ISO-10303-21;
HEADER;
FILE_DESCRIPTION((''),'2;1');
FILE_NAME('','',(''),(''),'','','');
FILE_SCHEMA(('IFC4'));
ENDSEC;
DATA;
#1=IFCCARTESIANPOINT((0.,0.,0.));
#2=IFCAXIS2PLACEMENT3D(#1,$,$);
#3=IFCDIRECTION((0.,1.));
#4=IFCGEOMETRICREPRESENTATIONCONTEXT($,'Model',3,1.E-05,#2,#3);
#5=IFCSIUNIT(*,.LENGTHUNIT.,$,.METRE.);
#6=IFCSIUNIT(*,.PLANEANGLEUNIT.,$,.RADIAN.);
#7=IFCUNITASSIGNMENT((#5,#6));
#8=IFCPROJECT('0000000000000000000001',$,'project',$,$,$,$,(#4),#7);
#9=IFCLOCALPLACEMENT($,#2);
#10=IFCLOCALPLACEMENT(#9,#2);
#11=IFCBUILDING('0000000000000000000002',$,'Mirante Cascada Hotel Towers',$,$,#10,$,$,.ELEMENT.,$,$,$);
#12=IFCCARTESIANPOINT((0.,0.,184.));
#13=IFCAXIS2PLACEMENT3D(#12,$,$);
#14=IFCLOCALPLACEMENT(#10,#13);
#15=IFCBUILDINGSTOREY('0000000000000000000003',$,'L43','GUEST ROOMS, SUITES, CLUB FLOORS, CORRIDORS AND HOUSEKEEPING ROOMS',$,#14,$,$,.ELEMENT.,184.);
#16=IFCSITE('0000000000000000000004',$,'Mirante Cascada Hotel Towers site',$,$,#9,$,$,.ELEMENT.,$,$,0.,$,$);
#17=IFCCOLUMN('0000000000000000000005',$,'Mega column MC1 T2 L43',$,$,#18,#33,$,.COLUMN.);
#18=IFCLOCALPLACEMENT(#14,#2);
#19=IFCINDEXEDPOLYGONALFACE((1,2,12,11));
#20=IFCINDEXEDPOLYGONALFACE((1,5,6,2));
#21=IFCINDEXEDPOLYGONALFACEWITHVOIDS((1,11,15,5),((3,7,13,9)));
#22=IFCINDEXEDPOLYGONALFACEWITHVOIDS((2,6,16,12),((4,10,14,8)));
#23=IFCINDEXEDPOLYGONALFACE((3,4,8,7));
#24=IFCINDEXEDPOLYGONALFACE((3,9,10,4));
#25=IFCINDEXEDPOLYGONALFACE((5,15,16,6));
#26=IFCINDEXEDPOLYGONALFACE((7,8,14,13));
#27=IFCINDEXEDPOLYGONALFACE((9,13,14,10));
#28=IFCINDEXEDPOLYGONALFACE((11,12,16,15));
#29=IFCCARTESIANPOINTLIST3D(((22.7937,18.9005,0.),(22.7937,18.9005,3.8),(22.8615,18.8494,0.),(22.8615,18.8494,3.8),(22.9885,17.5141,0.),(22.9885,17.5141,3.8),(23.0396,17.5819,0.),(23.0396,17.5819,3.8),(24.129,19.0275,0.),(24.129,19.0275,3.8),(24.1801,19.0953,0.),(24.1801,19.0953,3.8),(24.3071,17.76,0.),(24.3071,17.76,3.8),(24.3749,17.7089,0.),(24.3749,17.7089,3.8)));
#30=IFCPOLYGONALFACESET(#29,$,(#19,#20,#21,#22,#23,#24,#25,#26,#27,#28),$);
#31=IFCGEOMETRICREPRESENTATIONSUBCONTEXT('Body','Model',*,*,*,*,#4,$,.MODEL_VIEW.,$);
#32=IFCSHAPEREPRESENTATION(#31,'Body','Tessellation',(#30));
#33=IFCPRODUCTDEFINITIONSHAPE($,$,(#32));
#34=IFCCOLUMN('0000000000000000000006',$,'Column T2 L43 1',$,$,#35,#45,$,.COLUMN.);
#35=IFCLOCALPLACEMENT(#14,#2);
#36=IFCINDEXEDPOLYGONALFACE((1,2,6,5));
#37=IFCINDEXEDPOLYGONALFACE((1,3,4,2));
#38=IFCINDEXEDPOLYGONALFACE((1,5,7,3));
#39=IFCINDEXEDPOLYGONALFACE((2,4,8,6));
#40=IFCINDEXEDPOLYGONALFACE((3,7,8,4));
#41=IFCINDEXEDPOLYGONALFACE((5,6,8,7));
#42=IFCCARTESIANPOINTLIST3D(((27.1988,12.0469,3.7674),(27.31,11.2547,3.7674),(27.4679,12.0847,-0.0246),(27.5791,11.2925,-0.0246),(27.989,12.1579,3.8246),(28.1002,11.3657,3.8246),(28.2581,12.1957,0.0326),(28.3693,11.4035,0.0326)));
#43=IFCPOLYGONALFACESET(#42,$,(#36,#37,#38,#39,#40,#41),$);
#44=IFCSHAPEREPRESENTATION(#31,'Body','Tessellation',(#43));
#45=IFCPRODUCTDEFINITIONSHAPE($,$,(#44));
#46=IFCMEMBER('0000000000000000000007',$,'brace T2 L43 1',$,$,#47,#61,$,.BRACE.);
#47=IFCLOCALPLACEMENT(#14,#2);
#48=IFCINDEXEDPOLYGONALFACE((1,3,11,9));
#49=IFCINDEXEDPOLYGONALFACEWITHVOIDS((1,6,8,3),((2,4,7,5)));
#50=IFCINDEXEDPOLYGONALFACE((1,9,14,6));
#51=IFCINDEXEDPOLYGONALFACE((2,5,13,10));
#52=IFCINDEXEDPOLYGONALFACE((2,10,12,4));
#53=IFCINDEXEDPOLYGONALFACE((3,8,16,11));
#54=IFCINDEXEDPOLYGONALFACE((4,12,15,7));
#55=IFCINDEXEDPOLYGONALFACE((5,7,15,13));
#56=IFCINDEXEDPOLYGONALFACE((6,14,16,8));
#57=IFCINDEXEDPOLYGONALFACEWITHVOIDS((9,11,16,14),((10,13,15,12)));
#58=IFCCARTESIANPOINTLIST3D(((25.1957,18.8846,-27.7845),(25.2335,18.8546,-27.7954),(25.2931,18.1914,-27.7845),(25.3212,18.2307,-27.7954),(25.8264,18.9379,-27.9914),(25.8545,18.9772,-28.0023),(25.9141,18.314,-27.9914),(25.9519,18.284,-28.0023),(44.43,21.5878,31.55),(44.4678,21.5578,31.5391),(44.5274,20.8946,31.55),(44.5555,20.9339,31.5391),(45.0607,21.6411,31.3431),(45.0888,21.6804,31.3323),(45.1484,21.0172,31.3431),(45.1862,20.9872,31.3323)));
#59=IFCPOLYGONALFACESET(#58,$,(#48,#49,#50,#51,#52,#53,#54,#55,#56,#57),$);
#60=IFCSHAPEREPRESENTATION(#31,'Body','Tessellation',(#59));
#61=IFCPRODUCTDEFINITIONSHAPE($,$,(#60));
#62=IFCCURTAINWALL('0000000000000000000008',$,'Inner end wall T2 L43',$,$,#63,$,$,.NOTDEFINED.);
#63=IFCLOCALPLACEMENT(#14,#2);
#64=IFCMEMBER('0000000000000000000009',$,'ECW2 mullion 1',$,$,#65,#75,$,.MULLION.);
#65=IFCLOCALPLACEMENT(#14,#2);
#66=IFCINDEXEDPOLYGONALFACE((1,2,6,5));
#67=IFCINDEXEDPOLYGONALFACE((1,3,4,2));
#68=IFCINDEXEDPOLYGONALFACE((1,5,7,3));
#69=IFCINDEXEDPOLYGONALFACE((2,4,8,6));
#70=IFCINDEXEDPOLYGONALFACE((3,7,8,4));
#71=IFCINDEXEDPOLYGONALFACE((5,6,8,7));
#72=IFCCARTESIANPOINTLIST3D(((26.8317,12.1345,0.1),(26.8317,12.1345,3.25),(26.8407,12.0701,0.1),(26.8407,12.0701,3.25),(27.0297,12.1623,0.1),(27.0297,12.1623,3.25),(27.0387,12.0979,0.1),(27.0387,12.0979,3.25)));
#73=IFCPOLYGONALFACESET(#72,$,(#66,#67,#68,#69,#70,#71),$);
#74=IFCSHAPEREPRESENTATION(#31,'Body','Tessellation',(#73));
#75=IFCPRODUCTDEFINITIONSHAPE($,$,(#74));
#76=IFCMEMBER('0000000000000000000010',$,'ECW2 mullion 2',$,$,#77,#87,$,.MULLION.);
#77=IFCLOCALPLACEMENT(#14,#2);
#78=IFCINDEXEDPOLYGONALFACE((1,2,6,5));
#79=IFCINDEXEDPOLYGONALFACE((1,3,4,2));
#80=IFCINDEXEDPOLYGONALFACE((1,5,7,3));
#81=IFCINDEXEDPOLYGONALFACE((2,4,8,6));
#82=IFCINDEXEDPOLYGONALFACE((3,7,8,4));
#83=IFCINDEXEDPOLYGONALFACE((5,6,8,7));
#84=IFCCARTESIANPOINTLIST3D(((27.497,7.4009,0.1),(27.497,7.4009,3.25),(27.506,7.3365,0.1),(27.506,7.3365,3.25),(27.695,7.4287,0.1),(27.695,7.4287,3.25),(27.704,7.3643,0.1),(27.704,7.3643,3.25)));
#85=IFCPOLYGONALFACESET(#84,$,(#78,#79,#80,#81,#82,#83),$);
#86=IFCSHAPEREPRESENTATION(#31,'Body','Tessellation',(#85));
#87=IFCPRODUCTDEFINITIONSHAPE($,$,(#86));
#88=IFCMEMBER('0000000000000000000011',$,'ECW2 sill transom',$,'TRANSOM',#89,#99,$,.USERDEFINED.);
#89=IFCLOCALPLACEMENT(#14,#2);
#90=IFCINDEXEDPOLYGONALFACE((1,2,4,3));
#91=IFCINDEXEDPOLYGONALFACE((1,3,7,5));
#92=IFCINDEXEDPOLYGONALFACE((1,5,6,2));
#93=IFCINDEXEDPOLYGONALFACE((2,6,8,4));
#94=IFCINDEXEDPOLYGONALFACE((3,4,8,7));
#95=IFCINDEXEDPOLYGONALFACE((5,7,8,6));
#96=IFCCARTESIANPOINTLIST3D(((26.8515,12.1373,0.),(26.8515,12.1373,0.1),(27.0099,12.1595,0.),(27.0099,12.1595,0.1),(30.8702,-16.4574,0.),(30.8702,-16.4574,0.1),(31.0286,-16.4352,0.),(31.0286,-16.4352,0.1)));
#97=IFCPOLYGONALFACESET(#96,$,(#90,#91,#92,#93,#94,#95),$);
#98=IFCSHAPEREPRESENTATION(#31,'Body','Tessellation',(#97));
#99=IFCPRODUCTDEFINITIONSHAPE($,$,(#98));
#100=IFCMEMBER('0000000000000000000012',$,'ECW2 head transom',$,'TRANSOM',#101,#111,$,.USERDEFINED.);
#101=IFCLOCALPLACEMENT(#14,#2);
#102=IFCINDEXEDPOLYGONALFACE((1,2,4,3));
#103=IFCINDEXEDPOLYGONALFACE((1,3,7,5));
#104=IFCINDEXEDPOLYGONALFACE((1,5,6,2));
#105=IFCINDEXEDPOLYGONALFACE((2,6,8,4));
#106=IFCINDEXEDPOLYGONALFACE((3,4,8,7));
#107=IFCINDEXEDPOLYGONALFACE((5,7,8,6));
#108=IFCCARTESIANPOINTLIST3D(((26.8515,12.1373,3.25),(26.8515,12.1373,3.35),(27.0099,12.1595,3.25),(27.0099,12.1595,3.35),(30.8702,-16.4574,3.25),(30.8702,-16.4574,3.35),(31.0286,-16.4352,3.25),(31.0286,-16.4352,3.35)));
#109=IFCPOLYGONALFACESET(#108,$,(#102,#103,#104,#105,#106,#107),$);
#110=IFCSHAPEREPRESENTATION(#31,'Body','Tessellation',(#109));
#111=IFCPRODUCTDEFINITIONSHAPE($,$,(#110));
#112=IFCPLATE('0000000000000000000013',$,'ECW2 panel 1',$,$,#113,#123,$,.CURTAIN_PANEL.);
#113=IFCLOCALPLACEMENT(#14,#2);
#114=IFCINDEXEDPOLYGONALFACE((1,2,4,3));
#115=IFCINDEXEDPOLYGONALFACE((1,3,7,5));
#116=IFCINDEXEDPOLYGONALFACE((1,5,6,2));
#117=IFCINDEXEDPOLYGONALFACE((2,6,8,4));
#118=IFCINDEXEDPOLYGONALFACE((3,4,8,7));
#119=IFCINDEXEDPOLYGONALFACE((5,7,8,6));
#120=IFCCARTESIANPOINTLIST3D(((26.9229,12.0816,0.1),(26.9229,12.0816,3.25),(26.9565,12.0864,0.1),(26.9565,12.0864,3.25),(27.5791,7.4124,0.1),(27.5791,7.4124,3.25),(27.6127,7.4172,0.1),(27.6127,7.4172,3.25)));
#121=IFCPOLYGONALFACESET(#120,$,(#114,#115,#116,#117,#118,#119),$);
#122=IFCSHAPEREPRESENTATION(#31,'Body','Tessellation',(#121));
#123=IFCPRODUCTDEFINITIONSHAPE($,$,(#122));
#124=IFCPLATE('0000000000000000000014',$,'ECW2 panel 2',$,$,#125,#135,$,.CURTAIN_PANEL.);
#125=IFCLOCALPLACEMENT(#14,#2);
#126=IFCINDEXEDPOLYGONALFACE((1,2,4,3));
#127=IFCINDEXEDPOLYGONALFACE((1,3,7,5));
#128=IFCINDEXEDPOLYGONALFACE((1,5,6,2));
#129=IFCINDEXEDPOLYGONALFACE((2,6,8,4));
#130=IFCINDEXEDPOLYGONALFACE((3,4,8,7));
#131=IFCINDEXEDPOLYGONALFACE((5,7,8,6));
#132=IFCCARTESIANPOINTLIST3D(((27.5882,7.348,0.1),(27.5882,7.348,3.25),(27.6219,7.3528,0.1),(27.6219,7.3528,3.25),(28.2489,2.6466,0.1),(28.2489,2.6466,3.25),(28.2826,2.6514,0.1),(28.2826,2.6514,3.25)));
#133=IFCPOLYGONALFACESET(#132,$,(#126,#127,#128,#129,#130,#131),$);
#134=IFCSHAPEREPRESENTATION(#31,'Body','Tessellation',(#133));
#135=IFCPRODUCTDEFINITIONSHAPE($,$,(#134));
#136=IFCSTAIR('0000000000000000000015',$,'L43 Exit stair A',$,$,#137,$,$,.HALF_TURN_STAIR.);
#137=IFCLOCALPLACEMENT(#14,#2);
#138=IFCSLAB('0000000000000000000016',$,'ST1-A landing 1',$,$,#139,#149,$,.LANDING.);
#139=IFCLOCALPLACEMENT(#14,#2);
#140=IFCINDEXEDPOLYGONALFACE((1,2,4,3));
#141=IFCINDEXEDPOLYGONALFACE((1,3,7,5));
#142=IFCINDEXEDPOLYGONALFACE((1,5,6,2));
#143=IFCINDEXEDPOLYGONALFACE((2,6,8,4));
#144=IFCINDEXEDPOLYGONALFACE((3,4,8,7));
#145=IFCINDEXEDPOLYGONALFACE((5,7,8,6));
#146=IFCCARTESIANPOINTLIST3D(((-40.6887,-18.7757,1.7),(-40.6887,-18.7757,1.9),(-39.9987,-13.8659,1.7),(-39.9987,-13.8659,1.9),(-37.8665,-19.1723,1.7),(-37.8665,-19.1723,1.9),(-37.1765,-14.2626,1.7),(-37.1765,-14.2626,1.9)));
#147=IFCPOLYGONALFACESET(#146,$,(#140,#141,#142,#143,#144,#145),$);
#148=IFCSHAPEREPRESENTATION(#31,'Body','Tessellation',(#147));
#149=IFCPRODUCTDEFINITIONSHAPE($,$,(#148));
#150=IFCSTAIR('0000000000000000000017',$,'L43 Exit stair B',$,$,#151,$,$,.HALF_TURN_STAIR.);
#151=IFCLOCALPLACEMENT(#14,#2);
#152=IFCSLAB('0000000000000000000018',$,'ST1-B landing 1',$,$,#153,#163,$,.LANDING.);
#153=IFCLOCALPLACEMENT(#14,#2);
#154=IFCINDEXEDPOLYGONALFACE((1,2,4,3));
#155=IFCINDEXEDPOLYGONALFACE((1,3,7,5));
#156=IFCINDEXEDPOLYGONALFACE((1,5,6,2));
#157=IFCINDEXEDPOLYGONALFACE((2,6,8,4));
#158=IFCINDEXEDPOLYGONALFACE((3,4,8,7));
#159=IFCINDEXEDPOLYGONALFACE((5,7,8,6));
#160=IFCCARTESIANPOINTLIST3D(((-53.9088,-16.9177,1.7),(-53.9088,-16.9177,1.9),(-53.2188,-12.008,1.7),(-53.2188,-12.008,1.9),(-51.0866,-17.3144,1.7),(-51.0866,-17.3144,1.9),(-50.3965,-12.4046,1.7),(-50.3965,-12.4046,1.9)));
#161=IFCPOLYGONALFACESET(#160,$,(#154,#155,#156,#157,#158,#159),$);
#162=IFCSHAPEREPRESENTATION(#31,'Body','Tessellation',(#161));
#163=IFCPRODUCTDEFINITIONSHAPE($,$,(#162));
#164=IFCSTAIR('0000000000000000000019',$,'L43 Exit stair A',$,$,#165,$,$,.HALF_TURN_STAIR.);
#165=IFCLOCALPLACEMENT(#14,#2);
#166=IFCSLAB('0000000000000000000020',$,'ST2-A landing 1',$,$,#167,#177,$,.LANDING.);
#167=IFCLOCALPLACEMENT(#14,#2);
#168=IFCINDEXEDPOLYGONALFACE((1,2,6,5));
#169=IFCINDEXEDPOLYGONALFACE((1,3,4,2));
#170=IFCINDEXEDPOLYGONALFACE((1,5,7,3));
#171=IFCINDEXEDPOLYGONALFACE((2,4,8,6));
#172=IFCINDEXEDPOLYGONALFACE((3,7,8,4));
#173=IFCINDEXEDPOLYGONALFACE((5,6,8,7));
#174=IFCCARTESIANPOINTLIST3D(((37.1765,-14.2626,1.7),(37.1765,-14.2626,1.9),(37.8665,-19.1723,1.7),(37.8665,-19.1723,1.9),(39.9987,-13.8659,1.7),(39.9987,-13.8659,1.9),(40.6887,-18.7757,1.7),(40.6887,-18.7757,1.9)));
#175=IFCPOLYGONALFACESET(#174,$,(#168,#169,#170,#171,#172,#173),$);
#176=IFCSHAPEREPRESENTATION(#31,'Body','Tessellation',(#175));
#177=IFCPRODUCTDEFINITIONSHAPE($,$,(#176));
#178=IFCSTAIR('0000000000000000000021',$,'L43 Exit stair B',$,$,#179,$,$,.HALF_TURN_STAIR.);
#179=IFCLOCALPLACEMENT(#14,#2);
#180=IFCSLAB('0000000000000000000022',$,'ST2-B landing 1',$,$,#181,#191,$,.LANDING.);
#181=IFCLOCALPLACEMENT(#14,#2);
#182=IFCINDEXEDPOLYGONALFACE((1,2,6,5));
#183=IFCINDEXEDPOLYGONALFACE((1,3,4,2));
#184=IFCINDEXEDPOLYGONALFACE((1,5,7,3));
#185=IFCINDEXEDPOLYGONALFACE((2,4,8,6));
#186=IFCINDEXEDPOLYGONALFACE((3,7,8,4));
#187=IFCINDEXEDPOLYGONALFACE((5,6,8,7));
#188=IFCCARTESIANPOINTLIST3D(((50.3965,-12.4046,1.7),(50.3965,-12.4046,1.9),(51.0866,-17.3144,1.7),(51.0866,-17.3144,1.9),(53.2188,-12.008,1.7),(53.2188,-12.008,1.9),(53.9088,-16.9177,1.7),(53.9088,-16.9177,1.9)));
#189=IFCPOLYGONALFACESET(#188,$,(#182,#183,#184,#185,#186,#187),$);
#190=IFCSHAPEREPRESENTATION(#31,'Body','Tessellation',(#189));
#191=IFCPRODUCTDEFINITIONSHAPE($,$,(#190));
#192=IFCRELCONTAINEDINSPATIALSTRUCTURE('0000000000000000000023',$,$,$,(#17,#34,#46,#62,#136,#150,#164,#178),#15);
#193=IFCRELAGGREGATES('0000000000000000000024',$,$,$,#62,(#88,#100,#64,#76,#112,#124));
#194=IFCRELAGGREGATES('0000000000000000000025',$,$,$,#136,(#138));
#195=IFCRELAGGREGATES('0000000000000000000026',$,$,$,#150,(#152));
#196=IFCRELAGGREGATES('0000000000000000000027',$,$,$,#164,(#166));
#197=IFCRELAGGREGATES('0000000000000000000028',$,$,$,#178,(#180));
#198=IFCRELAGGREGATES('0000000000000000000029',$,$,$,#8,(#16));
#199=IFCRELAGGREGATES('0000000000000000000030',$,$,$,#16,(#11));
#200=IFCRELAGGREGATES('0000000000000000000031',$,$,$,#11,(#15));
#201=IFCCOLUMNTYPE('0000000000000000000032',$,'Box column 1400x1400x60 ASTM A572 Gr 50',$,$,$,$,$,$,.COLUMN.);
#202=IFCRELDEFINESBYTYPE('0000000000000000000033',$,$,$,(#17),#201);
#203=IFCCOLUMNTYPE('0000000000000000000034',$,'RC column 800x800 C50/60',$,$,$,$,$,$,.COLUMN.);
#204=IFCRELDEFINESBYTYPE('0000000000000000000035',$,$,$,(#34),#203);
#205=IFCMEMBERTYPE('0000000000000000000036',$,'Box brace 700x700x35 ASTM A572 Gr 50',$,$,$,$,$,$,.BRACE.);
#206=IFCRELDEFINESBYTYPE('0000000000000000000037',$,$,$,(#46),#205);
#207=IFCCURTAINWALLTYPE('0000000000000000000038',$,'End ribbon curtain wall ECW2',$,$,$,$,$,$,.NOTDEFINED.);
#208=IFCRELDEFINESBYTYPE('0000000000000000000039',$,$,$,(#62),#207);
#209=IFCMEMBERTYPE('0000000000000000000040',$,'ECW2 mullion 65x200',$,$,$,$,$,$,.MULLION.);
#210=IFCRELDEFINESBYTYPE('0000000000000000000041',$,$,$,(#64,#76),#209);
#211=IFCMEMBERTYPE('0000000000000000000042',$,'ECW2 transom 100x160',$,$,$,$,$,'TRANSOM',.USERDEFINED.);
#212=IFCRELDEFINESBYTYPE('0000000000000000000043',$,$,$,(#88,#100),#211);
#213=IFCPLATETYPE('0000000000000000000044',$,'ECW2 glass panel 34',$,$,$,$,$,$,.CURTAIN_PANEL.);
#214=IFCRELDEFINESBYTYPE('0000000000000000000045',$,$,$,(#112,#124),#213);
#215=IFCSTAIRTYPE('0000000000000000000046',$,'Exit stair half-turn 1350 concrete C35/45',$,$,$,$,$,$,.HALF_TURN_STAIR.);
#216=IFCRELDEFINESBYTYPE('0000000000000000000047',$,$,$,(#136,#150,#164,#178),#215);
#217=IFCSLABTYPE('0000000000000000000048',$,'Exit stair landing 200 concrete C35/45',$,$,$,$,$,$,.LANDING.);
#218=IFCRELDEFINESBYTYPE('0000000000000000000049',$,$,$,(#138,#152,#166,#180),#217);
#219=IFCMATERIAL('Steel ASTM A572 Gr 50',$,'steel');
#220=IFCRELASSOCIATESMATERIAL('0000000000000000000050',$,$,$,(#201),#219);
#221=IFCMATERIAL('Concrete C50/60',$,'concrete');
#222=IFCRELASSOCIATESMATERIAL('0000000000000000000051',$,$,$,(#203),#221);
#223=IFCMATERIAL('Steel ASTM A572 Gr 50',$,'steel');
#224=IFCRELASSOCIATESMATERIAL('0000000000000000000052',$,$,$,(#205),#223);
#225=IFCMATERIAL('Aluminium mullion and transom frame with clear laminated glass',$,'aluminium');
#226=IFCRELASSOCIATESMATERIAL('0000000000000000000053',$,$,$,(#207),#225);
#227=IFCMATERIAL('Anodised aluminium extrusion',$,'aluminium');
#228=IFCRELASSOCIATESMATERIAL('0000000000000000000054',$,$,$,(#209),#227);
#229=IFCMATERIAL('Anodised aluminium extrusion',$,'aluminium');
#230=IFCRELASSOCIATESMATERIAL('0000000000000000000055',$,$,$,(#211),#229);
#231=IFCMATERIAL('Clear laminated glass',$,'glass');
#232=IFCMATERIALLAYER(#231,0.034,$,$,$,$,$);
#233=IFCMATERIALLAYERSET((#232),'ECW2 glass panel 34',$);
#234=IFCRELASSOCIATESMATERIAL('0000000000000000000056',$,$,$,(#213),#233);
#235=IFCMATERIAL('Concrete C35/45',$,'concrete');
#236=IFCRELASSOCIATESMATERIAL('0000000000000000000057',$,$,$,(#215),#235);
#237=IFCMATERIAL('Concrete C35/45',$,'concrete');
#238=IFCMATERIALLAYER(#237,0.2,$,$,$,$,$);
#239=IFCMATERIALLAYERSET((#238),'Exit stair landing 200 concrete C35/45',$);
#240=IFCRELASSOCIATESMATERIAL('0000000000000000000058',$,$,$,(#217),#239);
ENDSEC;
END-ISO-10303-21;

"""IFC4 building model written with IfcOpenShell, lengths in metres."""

from ifc_helpers import new_model, si_unit, direction, frame, origin, origin_2d, place, context, subcontext, project, spatial, polyline, rectangle, hollow_rectangle, outline, extrude, material, layer, layer_set, material_profile, profile_set, type_object, element, aggregate, save


model = new_model("IFC4")

# Units and contexts
model_context = context("Model", 3, precision=1e-05, world=origin(), true_north=direction((0.0, 1.0)))
body_context = subcontext(model_context, "Body", "Model", "MODEL_VIEW")
ifc_project = project(units=[si_unit("LENGTHUNIT", "METRE"), si_unit("PLANEANGLEUNIT", "RADIAN")], contexts=[model_context])

# Site, building, storey
site_placement = place(None, origin())
site = spatial("IfcSite", under=ifc_project, at=site_placement, Name="Mirante Cascada Hotel Towers site", CompositionType="ELEMENT", RefElevation=0.0)
building_placement = place(site_placement, origin())
building = spatial("IfcBuilding", under=site, at=building_placement, Name="Mirante Cascada Hotel Towers", CompositionType="ELEMENT")
storey_placement = place(building_placement, frame((0.0, 0.0, 184.0)))
storey = spatial("IfcBuildingStorey", under=building, at=storey_placement, Name="L43", Description="GUEST ROOMS, SUITES, CLUB FLOORS, CORRIDORS AND HOUSEKEEPING ROOMS", CompositionType="ELEMENT", Elevation=184.0)

# Columns
ifc_material_1 = material(Name="Steel ASTM A572 Gr 50", Category="steel")
ifc_material_profile_1 = material_profile(ifc_material_1, hollow_rectangle(XDim=1.4, YDim=1.4, WallThickness=0.06, at=origin_2d()), Name="Box column 1400x1400x60 ASTM A572 Gr 50")
ifc_profile_set_1 = profile_set([ifc_material_profile_1], Name="Steel ASTM A572 Gr 50")
column_type_1 = type_object("IfcColumnType", Name="Box column 1400x1400x60 ASTM A572 Gr 50", PredefinedType="COLUMN", material=ifc_profile_set_1)
column_1_placement = place(storey_placement, frame((23.5843, 18.3047, 0.0), z_axis=(0.0, 0.0, 1.0), x_axis=(0.990268, 0.139173, 0.0)))
element("IfcColumn", 1, at=column_1_placement, inside=storey, type_object=column_type_1, Name="Mega column MC1 T2 L43", PredefinedType="COLUMN", context=body_context, shape_type="SweptSolid", body=[
    extrude(hollow_rectangle(XDim=1.4, YDim=1.4, WallThickness=0.06, at=origin_2d()), origin(), (0.0, 0.0, 1.0), 3.8),
])
ifc_material_2 = material(Name="Concrete C50/60", Category="concrete")
ifc_material_profile_2 = material_profile(ifc_material_2, rectangle(XDim=0.8, YDim=0.8, at=origin_2d()), Name="RC column 800x800 C50/60")
ifc_profile_set_2 = profile_set([ifc_material_profile_2], Name="Concrete C50/60")
column_type_2 = type_object("IfcColumnType", Name="RC column 800x800 C50/60", PredefinedType="COLUMN", material=ifc_profile_set_2)
column_2_placement = place(storey_placement, frame((27.9186, 11.7441, 0.004), z_axis=(-0.070784, -0.009943, 0.997442), x_axis=(0.139103, -0.990278, 0.0)))
element("IfcColumn", 2, at=column_2_placement, inside=storey, type_object=column_type_2, Name="Column T2 L43 1", PredefinedType="COLUMN", context=body_context, shape_type="SweptSolid", body=[
    extrude(rectangle(XDim=0.8, YDim=0.8, at=origin_2d()), origin(), (0.0, 0.0, 1.0), 3.8017),
])

# Member
ifc_material_3 = material(Name="Steel ASTM A572 Gr 50", Category="steel")
ifc_material_profile_3 = material_profile(ifc_material_3, hollow_rectangle(XDim=0.7, YDim=0.7, WallThickness=0.035, at=origin_2d()), Name="Box brace 700x700x35 ASTM A572 Gr 50")
ifc_profile_set_3 = profile_set([ifc_material_profile_3], Name="Steel ASTM A572 Gr 50")
member_type_1 = type_object("IfcMemberType", Name="Box brace 700x700x35 ASTM A572 Gr 50", PredefinedType="BRACE", material=ifc_profile_set_3)
member_1_placement = place(storey_placement, frame((25.5738, 18.5843, -27.8934), z_axis=(0.30808, 0.043298, 0.950375), x_axis=(-0.139173, 0.990268, 0.0)))
element("IfcMember", 3, at=member_1_placement, inside=storey, type_object=member_type_1, Name="brace T2 L43 1", PredefinedType="BRACE", context=body_context, shape_type="SweptSolid", body=[
    extrude(hollow_rectangle(XDim=0.7, YDim=0.7, WallThickness=0.035, at=origin_2d()), origin(), (0.0, 0.0, 1.0), 62.4328),
])

# Curtain wall, members, plates
ifc_material_4 = material(Name="Aluminium mullion and transom frame with clear laminated glass", Category="aluminium")
curtain_wall_type = type_object("IfcCurtainWallType", Name="End ribbon curtain wall ECW2", PredefinedType="NOTDEFINED", material=ifc_material_4)
curtain_wall_placement = place(storey_placement, origin())
curtain_wall = element("IfcCurtainWall", 4, at=curtain_wall_placement, inside=storey, type_object=curtain_wall_type, Name="Inner end wall T2 L43", PredefinedType="NOTDEFINED")
ifc_material_5 = material(Name="Anodised aluminium extrusion", Category="aluminium")
ifc_material_profile_4 = material_profile(ifc_material_5, rectangle(XDim=0.2, YDim=0.065, at=origin_2d()), Name="ECW2 MULLION 65x200")
ifc_profile_set_4 = profile_set([ifc_material_profile_4], Name="Anodised aluminium extrusion")
member_type_2 = type_object("IfcMemberType", Name="ECW2 mullion 65x200", PredefinedType="MULLION", material=ifc_profile_set_4)
member_2_placement = place(storey_placement, frame((26.9352, 12.1162, 0.1), z_axis=(0.0, 0.0, 1.0), x_axis=(0.990268, 0.139173, 0.0)))
member_2 = element("IfcMember", 5, at=member_2_placement, type_object=member_type_2, Name="ECW2 mullion 1", PredefinedType="MULLION", context=body_context, shape_type="SweptSolid", body=[
    extrude(rectangle(XDim=0.2, YDim=0.065, at=origin_2d()), origin(), (0.0, 0.0, 1.0), 3.15),
])
member_3_placement = place(storey_placement, frame((27.6005, 7.3826, 0.1), z_axis=(0.0, 0.0, 1.0), x_axis=(0.990268, 0.139173, 0.0)))
member_3 = element("IfcMember", 6, at=member_3_placement, type_object=member_type_2, Name="ECW2 mullion 2", PredefinedType="MULLION", context=body_context, shape_type="SweptSolid", body=[
    extrude(rectangle(XDim=0.2, YDim=0.065, at=origin_2d()), origin(), (0.0, 0.0, 1.0), 3.15),
])
ifc_material_6 = material(Name="Anodised aluminium extrusion", Category="aluminium")
ifc_material_profile_5 = material_profile(ifc_material_6, rectangle(XDim=0.16, YDim=0.1, at=origin_2d()), Name="ECW2 TRANSOM 100x160")
ifc_profile_set_5 = profile_set([ifc_material_profile_5], Name="Anodised aluminium extrusion")
member_type_3 = type_object("IfcMemberType", Name="ECW2 transom 100x160", ElementType="TRANSOM", PredefinedType="USERDEFINED", material=ifc_profile_set_5)
member_4_placement = place(storey_placement, frame((26.9307, 12.1484, 0.05), z_axis=(0.139172, -0.990268, 0.0), x_axis=(0.990268, 0.139172, 0.0)))
member_4 = element("IfcMember", 7, at=member_4_placement, type_object=member_type_3, Name="ECW2 sill transom", ObjectType="TRANSOM", PredefinedType="USERDEFINED", context=body_context, shape_type="SweptSolid", body=[
    extrude(rectangle(XDim=0.16, YDim=0.1, at=origin_2d()), origin(), (0.0, 0.0, 1.0), 28.8757),
])
member_5_placement = place(storey_placement, frame((26.9307, 12.1484, 3.3), z_axis=(0.139172, -0.990268, 0.0), x_axis=(0.990268, 0.139172, 0.0)))
member_5 = element("IfcMember", 8, at=member_5_placement, type_object=member_type_3, Name="ECW2 head transom", ObjectType="TRANSOM", PredefinedType="USERDEFINED", context=body_context, shape_type="SweptSolid", body=[
    extrude(rectangle(XDim=0.16, YDim=0.1, at=origin_2d()), origin(), (0.0, 0.0, 1.0), 28.8757),
])
ifc_material_7 = material(Name="Clear laminated glass", Category="glass")
ifc_layer_1 = layer(ifc_material_7, 0.034)
ifc_layer_set_1 = layer_set([ifc_layer_1], Name="ECW2 glass panel 34")
plate_type = type_object("IfcPlateType", Name="ECW2 glass panel 34", PredefinedType="CURTAIN_PANEL", material=ifc_layer_set_1)
plate_1_placement = place(storey_placement, frame((27.2678, 9.7494, 0.1), z_axis=(0.0, 0.0, 1.0), x_axis=(0.139173, -0.990268, 0.0)))
plate_1 = element("IfcPlate", 9, at=plate_1_placement, type_object=plate_type, Name="ECW2 panel 1", PredefinedType="CURTAIN_PANEL", context=body_context, shape_type="SweptSolid", body=[
    extrude(rectangle(XDim=4.7151, YDim=0.034, at=origin_2d()), origin(), (0.0, 0.0, 1.0), 3.15),
])
plate_2_placement = place(storey_placement, frame((27.9354, 4.9997, 0.1), z_axis=(0.0, 0.0, 1.0), x_axis=(0.139173, -0.990268, 0.0)))
plate_2 = element("IfcPlate", 10, at=plate_2_placement, type_object=plate_type, Name="ECW2 panel 2", PredefinedType="CURTAIN_PANEL", context=body_context, shape_type="SweptSolid", body=[
    extrude(rectangle(XDim=4.7476, YDim=0.034, at=origin_2d()), origin(), (0.0, 0.0, 1.0), 3.15),
])
aggregate(curtain_wall, [member_4, member_5, member_2, member_3, plate_1, plate_2])

# Stairs, slabs
ifc_material_8 = material(Name="Concrete C35/45", Category="concrete")
stair_type = type_object("IfcStairType", Name="Exit stair half-turn 1350 concrete C35/45", PredefinedType="HALF_TURN_STAIR", material=ifc_material_8)
stair_1_placement = place(storey_placement, origin())
stair_1 = element("IfcStair", 11, at=stair_1_placement, inside=storey, type_object=stair_type, Name="L43 Exit stair A", PredefinedType="HALF_TURN_STAIR")
ifc_material_9 = material(Name="Concrete C35/45", Category="concrete")
ifc_layer_2 = layer(ifc_material_9, 0.2)
ifc_layer_set_2 = layer_set([ifc_layer_2], Name="Exit stair landing 200 concrete C35/45")
slab_type = type_object("IfcSlabType", Name="Exit stair landing 200 concrete C35/45", PredefinedType="LANDING", material=ifc_layer_set_2)
slab_1_placement = place(storey_placement, frame((0.0, 0.0, 1.7)))
slab_1 = element("IfcSlab", 12, at=slab_1_placement, type_object=slab_type, Name="ST1-A landing 1", PredefinedType="LANDING", context=body_context, shape_type="SweptSolid", body=[
    extrude(outline(polyline([(-39.9987, -13.8659), (-40.6887, -18.7757), (-37.8665, -19.1723), (-37.1765, -14.2626), (-39.9987, -13.8659)])), origin(), (0.0, 0.0, 1.0), 0.2),
])
aggregate(stair_1, [slab_1])
stair_2_placement = place(storey_placement, origin())
stair_2 = element("IfcStair", 13, at=stair_2_placement, inside=storey, type_object=stair_type, Name="L43 Exit stair B", PredefinedType="HALF_TURN_STAIR")
slab_2_placement = place(storey_placement, frame((0.0, 0.0, 1.7)))
slab_2 = element("IfcSlab", 14, at=slab_2_placement, type_object=slab_type, Name="ST1-B landing 1", PredefinedType="LANDING", context=body_context, shape_type="SweptSolid", body=[
    extrude(outline(polyline([(-53.2188, -12.008), (-53.9088, -16.9177), (-51.0866, -17.3144), (-50.3965, -12.4046), (-53.2188, -12.008)])), origin(), (0.0, 0.0, 1.0), 0.2),
])
aggregate(stair_2, [slab_2])
stair_3_placement = place(storey_placement, origin())
stair_3 = element("IfcStair", 15, at=stair_3_placement, inside=storey, type_object=stair_type, Name="L43 Exit stair A", PredefinedType="HALF_TURN_STAIR")
slab_3_placement = place(storey_placement, frame((0.0, 0.0, 1.7)))
slab_3 = element("IfcSlab", 16, at=slab_3_placement, type_object=slab_type, Name="ST2-A landing 1", PredefinedType="LANDING", context=body_context, shape_type="SweptSolid", body=[
    extrude(outline(polyline([(37.1765, -14.2626), (37.8665, -19.1723), (40.6887, -18.7757), (39.9987, -13.8659), (37.1765, -14.2626)])), origin(), (0.0, 0.0, 1.0), 0.2),
])
aggregate(stair_3, [slab_3])
stair_4_placement = place(storey_placement, origin())
stair_4 = element("IfcStair", 17, at=stair_4_placement, inside=storey, type_object=stair_type, Name="L43 Exit stair B", PredefinedType="HALF_TURN_STAIR")
slab_4_placement = place(storey_placement, frame((0.0, 0.0, 1.7)))
slab_4 = element("IfcSlab", 18, at=slab_4_placement, type_object=slab_type, Name="ST2-B landing 1", PredefinedType="LANDING", context=body_context, shape_type="SweptSolid", body=[
    extrude(outline(polyline([(50.3965, -12.4046), (51.0866, -17.3144), (53.9088, -16.9177), (53.2188, -12.008), (50.3965, -12.4046)])), origin(), (0.0, 0.0, 1.0), 0.2),
])
aggregate(stair_4, [slab_4])

save(model, "model.ifc")
